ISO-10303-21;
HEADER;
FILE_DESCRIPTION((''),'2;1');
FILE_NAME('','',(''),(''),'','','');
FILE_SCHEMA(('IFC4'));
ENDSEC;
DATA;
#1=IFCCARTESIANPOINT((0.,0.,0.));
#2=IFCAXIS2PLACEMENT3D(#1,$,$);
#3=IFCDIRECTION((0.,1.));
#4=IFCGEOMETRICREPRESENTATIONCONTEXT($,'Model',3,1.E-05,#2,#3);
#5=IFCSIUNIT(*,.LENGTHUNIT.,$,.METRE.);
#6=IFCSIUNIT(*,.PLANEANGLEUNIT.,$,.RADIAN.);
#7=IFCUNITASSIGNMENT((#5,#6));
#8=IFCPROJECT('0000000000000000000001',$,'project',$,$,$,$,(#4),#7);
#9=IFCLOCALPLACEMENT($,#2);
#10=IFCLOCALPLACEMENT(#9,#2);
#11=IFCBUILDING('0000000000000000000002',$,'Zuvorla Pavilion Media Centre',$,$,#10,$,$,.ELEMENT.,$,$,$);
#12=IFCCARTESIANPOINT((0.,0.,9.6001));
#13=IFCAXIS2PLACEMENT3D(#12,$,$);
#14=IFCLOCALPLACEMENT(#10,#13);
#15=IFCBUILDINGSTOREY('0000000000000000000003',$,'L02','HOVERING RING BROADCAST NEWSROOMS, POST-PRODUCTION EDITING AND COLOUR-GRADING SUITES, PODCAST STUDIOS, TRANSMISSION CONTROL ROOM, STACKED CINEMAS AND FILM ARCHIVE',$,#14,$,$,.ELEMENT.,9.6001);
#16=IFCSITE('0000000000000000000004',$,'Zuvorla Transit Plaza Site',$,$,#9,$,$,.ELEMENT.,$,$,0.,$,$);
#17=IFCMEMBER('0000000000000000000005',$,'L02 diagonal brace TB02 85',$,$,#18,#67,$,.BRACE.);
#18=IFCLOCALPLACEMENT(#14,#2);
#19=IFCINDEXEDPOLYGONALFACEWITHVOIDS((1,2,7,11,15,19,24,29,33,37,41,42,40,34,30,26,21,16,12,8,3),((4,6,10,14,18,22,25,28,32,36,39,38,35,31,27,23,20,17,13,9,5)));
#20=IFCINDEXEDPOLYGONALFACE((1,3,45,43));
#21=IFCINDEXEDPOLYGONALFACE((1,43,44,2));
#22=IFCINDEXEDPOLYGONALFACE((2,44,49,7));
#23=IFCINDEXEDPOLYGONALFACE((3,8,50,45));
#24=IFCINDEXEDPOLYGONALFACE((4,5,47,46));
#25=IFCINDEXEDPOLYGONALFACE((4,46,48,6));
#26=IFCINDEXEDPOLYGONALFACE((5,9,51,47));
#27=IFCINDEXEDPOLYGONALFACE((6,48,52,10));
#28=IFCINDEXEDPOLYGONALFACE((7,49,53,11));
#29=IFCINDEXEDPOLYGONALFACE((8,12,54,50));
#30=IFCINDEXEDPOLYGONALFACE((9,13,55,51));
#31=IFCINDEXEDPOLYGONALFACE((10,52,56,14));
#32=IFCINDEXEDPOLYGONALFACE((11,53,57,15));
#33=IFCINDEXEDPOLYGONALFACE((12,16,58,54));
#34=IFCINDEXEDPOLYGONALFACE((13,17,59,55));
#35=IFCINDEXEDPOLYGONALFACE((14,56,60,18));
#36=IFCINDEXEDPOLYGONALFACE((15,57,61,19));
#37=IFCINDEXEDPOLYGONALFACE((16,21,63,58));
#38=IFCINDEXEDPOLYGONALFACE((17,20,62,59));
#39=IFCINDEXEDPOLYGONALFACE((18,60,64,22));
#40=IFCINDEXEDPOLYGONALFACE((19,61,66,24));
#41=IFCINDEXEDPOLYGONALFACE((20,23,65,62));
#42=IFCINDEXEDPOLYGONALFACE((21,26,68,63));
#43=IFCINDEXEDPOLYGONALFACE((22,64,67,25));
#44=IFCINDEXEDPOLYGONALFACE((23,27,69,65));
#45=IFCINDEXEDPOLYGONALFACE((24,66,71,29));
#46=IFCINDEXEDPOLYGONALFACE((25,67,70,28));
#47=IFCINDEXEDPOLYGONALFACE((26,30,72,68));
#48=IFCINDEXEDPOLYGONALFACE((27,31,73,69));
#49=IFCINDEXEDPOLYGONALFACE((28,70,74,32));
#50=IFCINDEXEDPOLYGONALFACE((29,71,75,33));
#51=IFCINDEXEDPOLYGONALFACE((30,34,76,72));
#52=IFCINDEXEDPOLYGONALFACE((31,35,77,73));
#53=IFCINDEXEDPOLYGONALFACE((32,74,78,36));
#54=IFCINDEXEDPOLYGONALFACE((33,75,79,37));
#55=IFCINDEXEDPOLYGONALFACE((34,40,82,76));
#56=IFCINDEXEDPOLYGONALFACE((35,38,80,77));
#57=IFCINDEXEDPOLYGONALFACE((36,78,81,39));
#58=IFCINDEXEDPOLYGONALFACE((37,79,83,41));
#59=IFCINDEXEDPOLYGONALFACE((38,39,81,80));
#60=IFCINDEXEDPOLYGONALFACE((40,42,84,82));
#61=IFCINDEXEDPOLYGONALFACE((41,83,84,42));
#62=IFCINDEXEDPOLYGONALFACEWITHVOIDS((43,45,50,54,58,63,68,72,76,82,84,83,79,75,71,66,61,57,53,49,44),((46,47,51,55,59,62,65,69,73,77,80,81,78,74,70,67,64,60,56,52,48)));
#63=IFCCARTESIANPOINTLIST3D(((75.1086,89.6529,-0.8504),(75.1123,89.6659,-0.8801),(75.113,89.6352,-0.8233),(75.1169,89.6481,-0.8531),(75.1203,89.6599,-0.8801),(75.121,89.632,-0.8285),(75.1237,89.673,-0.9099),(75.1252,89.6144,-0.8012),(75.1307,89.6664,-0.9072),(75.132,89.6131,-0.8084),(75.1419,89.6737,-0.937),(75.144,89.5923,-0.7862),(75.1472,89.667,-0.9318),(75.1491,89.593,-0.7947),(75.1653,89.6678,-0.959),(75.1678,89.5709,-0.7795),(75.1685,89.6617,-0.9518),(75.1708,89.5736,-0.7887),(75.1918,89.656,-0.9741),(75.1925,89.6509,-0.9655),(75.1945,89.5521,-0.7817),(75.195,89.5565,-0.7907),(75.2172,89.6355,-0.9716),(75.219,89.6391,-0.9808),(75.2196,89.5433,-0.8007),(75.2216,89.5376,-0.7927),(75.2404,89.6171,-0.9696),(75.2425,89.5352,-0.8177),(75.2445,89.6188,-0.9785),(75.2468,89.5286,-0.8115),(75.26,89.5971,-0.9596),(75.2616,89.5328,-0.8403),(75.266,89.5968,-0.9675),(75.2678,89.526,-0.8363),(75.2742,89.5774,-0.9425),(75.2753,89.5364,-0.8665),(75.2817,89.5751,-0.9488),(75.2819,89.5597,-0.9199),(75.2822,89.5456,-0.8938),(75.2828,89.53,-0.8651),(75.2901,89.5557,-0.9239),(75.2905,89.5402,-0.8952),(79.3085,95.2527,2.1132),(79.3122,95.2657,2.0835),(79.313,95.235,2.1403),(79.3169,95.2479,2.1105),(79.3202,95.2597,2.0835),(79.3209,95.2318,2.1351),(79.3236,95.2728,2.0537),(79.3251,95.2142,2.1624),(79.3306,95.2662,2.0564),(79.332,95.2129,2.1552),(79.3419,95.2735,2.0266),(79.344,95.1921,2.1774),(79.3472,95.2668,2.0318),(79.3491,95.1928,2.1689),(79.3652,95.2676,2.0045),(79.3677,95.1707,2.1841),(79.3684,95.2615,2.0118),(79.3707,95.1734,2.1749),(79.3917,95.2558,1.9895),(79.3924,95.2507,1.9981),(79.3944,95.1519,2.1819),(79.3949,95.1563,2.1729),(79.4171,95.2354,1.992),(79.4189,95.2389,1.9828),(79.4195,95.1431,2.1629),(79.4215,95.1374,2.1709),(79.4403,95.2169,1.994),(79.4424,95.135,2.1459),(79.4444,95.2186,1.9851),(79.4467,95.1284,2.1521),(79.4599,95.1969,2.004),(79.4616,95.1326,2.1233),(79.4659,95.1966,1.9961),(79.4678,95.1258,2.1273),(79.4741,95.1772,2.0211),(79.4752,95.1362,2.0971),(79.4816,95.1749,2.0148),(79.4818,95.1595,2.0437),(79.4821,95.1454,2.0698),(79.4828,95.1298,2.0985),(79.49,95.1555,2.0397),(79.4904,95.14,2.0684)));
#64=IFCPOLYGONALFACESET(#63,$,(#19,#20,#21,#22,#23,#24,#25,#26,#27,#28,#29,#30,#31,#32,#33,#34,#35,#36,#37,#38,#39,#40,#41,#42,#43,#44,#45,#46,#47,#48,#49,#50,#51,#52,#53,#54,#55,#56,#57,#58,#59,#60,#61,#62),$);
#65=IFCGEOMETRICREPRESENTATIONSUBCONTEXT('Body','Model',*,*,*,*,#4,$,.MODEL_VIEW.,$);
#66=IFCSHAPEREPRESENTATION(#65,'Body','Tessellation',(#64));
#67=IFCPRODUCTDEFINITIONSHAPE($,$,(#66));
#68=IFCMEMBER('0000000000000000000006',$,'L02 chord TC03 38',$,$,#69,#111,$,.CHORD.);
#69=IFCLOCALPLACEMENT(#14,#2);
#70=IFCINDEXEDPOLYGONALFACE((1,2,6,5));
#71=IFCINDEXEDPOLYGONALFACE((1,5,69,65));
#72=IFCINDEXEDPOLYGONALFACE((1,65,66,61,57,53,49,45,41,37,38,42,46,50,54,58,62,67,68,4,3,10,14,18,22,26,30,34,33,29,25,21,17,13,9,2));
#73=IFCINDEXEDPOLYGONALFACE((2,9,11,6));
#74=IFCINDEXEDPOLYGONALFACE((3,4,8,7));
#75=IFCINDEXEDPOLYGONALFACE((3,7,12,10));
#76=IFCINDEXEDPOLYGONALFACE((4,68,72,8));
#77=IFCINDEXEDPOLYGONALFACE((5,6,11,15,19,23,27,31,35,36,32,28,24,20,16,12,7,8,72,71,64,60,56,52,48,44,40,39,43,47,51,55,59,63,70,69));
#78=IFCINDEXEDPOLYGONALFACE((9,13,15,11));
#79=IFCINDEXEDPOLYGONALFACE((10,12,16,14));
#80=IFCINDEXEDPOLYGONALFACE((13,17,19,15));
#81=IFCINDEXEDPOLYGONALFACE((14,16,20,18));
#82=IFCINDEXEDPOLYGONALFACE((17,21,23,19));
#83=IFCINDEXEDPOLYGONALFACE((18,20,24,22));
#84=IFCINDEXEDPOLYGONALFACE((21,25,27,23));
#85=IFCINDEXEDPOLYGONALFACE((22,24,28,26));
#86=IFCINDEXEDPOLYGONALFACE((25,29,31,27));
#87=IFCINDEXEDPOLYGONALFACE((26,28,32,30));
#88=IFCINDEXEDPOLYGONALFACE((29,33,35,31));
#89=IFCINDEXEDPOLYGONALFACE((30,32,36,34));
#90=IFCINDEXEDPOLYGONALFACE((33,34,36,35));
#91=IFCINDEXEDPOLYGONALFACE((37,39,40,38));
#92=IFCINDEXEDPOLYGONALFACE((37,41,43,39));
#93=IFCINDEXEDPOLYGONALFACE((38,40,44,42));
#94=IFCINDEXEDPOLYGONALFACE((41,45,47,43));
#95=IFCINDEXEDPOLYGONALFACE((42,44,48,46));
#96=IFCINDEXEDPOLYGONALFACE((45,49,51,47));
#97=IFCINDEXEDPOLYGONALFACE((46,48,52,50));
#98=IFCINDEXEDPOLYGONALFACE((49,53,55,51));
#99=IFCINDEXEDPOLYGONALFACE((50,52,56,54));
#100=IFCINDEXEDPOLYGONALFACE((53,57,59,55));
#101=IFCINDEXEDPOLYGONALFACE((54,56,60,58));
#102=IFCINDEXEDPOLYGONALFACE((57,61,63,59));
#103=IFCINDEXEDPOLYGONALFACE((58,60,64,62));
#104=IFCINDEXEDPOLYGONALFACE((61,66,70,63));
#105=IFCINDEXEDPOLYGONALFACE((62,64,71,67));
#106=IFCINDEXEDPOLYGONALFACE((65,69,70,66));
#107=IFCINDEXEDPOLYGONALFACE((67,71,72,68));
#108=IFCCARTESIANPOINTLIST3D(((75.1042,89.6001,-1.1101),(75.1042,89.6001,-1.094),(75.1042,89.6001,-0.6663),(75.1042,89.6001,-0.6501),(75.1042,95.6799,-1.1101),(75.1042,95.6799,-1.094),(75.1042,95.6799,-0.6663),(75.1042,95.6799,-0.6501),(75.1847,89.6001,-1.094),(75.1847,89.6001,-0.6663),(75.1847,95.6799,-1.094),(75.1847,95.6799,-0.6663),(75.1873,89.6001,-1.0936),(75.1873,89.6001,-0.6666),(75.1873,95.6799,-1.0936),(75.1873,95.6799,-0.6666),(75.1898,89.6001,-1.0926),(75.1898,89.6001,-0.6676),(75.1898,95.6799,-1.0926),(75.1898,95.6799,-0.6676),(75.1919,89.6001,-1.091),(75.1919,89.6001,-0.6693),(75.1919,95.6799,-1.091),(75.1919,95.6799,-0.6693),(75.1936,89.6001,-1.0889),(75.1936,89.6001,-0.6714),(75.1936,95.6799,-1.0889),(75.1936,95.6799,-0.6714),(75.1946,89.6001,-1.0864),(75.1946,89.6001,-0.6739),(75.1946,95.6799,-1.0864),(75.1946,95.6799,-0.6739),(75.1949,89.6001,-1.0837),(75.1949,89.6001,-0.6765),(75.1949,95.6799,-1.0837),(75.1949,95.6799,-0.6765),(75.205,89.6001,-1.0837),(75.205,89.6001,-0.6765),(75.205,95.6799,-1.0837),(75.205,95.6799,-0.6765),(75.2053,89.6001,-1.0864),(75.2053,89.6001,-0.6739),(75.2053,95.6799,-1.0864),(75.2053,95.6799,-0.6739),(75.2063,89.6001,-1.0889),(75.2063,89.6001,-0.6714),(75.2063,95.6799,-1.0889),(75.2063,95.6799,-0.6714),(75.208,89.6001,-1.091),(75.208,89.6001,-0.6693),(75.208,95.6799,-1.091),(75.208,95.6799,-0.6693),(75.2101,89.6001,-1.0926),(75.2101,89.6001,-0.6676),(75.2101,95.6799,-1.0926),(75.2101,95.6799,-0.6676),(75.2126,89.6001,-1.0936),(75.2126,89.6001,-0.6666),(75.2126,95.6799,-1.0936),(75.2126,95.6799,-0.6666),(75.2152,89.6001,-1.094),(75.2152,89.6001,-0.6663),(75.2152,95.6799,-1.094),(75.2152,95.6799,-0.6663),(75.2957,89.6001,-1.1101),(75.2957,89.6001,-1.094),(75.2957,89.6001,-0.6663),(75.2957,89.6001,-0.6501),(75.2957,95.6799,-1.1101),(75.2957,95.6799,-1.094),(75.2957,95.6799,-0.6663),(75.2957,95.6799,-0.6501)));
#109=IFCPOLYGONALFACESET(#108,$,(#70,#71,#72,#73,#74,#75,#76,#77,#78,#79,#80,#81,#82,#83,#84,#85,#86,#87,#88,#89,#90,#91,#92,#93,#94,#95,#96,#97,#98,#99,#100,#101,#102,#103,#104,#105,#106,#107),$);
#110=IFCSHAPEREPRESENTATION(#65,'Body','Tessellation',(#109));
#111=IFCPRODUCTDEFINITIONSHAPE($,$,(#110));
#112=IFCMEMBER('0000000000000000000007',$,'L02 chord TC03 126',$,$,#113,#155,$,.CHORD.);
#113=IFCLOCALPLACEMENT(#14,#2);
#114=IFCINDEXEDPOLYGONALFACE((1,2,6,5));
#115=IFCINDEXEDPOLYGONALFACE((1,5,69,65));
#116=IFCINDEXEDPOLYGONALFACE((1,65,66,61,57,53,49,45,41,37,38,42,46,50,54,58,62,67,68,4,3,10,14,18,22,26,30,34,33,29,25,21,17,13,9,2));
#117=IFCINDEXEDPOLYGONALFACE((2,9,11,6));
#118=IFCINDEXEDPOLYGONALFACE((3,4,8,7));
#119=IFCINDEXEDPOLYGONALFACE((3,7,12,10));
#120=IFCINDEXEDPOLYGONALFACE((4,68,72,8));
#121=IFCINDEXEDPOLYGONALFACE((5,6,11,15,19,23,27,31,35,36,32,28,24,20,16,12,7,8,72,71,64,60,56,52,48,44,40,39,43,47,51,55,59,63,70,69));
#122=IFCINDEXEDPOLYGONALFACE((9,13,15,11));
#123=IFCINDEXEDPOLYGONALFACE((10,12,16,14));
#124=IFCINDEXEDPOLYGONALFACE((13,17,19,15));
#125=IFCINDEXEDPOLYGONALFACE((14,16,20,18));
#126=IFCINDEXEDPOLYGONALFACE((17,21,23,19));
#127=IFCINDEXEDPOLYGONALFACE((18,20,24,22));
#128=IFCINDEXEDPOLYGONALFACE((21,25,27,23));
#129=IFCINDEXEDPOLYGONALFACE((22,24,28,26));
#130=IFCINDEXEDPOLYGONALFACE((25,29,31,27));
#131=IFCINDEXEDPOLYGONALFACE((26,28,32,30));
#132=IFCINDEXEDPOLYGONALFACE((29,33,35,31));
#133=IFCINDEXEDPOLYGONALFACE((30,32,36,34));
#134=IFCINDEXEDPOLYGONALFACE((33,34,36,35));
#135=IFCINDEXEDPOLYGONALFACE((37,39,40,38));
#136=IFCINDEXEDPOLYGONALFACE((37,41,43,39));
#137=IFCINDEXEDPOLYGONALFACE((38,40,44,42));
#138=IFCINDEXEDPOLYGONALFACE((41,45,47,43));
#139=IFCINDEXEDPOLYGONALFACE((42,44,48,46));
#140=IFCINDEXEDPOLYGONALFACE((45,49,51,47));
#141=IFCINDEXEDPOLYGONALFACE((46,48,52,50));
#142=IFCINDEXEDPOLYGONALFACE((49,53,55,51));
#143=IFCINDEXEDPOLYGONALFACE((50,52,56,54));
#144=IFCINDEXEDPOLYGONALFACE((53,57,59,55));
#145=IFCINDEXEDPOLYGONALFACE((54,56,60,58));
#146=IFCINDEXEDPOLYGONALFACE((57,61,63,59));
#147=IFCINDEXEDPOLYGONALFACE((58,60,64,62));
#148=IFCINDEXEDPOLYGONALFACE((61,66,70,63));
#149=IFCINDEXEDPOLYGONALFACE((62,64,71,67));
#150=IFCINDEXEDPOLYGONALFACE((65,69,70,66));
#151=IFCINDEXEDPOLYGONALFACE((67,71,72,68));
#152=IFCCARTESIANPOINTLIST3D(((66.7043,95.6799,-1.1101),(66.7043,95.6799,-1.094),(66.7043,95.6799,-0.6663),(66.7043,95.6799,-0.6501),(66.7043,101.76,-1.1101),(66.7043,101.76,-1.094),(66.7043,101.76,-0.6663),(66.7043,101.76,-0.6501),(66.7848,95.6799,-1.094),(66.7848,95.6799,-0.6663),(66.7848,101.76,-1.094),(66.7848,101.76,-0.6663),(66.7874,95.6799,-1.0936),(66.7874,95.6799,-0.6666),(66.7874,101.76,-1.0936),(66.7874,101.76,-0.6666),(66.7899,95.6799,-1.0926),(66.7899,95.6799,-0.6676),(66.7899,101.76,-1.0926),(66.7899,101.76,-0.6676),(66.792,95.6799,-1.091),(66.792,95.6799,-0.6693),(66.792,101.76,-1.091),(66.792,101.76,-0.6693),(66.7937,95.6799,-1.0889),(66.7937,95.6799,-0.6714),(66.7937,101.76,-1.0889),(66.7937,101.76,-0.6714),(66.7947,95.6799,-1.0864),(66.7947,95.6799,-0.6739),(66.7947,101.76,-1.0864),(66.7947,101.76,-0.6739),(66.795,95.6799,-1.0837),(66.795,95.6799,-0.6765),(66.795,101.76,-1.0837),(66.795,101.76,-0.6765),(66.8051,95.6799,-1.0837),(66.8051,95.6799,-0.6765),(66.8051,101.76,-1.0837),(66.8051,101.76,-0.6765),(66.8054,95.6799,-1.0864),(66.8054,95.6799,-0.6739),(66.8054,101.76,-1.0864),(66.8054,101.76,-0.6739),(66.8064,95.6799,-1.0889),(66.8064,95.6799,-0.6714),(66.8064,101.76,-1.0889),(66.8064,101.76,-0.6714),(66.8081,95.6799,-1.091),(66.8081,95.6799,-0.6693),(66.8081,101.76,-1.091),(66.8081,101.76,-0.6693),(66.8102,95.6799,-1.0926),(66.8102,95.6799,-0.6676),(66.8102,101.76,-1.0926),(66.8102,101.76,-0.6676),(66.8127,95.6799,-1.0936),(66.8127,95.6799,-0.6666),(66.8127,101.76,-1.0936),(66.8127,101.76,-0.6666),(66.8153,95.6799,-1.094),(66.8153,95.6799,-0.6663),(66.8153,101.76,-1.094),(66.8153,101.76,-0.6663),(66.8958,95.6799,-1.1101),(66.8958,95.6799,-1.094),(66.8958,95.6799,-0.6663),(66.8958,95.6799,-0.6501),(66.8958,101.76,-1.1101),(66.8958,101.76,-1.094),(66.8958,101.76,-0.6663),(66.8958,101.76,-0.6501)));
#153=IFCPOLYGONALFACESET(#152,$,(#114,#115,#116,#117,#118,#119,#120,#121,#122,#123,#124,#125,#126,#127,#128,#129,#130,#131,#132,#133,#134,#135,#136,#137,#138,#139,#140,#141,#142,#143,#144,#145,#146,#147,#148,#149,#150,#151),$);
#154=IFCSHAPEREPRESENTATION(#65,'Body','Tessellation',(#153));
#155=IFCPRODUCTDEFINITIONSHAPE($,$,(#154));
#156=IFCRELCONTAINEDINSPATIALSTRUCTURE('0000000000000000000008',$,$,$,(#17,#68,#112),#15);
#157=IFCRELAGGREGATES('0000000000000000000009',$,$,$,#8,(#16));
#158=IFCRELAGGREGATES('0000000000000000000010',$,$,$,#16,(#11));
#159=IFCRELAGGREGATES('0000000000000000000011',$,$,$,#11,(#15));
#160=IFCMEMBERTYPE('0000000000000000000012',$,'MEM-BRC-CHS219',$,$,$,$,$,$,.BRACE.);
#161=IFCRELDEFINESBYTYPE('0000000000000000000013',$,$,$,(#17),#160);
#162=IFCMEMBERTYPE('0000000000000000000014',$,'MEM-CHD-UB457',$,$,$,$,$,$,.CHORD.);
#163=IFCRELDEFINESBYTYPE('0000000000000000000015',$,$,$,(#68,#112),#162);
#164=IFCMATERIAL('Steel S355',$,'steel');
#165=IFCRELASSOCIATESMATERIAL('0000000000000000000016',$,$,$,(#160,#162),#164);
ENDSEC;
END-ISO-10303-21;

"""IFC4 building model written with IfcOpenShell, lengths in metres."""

from ifc_helpers import new_model, si_unit, direction, frame, origin, origin_2d, place, context, subcontext, project, spatial, hollow_circle, i_section, extrude, material, material_profile, profile_set, type_object, element, save


model = new_model("IFC4")

# Units and contexts
model_context = context("Model", 3, precision=1e-05, world=origin(), true_north=direction((0.0, 1.0)))
body_context = subcontext(model_context, "Body", "Model", "MODEL_VIEW")
ifc_project = project(units=[si_unit("LENGTHUNIT", "METRE"), si_unit("PLANEANGLEUNIT", "RADIAN")], contexts=[model_context])

# Site, building, storey
site_placement = place(None, origin())
site = spatial("IfcSite", under=ifc_project, at=site_placement, Name="Zuvorla Transit Plaza Site", CompositionType="ELEMENT", RefElevation=0.0)
building_placement = place(site_placement, origin())
building = spatial("IfcBuilding", under=site, at=building_placement, Name="Zuvorla Pavilion Media Centre", CompositionType="ELEMENT")
storey_placement = place(building_placement, frame((0.0, 0.0, 9.6001)))
storey = spatial("IfcBuildingStorey", under=building, at=storey_placement, Name="L02", Description="HOVERING RING BROADCAST NEWSROOMS, POST-PRODUCTION EDITING AND COLOUR-GRADING SUITES, PODCAST STUDIOS, TRANSMISSION CONTROL ROOM, STACKED CINEMAS AND FILM ARCHIVE", CompositionType="ELEMENT", Elevation=9.6001)

# Shared definitions
ifc_material_1 = material(Name="Steel S355", Category="steel")

# Members
ifc_material_profile_1 = material_profile(ifc_material_1, hollow_circle(Radius=0.1096, WallThickness=0.01, at=origin_2d()), Name="CHS 219.1x10")
ifc_profile_set_1 = profile_set([ifc_material_profile_1], Name="Steel S355")
member_type_1 = type_object("IfcMemberType", Name="MEM-BRC-CHS219", PredefinedType="BRACE", material=ifc_profile_set_1)
for number, where, z_axis, x_axis, name in (
    (1, (75.2, 89.6001, -0.8801), (0.552525, 0.736689, 0.389879), (-0.799996, 0.600006, 0.0), "L02 diagonal brace TB02 85"),
):
    element("IfcMember", number, at=place(storey_placement, frame(where, z_axis=z_axis, x_axis=x_axis)), inside=storey, type_object=member_type_1, Name=name, PredefinedType="BRACE", context=body_context, shape_type="SweptSolid", body=[
        extrude(hollow_circle(Radius=0.1096, WallThickness=0.01, at=origin_2d()), origin(), (0.0, 0.0, 1.0), 7.6013),
    ])
ifc_material_profile_2 = material_profile(ifc_material_1, i_section(OverallWidth=0.1914, OverallDepth=0.46, WebThickness=0.01, FlangeThickness=0.0161, FilletRadius=0.0103, at=origin_2d()), Name="UB 457x191x82")
ifc_profile_set_2 = profile_set([ifc_material_profile_2], Name="Steel S355")
member_type_2 = type_object("IfcMemberType", Name="MEM-CHD-UB457", PredefinedType="CHORD", material=ifc_profile_set_2)
member_1_placement = place(storey_placement, frame((75.2, 89.6001, -0.8801), z_axis=(0.0, 1.0, 0.0), x_axis=(-1.0, 0.0, 0.0)))
element("IfcMember", 2, at=member_1_placement, inside=storey, type_object=member_type_2, Name="L02 chord TC03 38", PredefinedType="CHORD", context=body_context, shape_type="SweptSolid", body=[
    extrude(i_section(OverallWidth=0.1914, OverallDepth=0.46, WebThickness=0.01, FlangeThickness=0.0161, FilletRadius=0.0103, at=origin_2d()), origin(), (0.0, 0.0, 1.0), 6.0798),
])
member_2_placement = place(storey_placement, frame((66.8, 95.6799, -0.8801), z_axis=(0.0, 1.0, 0.0), x_axis=(-1.0, 0.0, 0.0)))
element("IfcMember", 3, at=member_2_placement, inside=storey, type_object=member_type_2, Name="L02 chord TC03 126", PredefinedType="CHORD", context=body_context, shape_type="SweptSolid", body=[
    extrude(i_section(OverallWidth=0.1914, OverallDepth=0.46, WebThickness=0.01, FlangeThickness=0.0161, FilletRadius=0.0103, at=origin_2d()), origin(), (0.0, 0.0, 1.0), 6.0801),
])

save(model, "model.ifc")
